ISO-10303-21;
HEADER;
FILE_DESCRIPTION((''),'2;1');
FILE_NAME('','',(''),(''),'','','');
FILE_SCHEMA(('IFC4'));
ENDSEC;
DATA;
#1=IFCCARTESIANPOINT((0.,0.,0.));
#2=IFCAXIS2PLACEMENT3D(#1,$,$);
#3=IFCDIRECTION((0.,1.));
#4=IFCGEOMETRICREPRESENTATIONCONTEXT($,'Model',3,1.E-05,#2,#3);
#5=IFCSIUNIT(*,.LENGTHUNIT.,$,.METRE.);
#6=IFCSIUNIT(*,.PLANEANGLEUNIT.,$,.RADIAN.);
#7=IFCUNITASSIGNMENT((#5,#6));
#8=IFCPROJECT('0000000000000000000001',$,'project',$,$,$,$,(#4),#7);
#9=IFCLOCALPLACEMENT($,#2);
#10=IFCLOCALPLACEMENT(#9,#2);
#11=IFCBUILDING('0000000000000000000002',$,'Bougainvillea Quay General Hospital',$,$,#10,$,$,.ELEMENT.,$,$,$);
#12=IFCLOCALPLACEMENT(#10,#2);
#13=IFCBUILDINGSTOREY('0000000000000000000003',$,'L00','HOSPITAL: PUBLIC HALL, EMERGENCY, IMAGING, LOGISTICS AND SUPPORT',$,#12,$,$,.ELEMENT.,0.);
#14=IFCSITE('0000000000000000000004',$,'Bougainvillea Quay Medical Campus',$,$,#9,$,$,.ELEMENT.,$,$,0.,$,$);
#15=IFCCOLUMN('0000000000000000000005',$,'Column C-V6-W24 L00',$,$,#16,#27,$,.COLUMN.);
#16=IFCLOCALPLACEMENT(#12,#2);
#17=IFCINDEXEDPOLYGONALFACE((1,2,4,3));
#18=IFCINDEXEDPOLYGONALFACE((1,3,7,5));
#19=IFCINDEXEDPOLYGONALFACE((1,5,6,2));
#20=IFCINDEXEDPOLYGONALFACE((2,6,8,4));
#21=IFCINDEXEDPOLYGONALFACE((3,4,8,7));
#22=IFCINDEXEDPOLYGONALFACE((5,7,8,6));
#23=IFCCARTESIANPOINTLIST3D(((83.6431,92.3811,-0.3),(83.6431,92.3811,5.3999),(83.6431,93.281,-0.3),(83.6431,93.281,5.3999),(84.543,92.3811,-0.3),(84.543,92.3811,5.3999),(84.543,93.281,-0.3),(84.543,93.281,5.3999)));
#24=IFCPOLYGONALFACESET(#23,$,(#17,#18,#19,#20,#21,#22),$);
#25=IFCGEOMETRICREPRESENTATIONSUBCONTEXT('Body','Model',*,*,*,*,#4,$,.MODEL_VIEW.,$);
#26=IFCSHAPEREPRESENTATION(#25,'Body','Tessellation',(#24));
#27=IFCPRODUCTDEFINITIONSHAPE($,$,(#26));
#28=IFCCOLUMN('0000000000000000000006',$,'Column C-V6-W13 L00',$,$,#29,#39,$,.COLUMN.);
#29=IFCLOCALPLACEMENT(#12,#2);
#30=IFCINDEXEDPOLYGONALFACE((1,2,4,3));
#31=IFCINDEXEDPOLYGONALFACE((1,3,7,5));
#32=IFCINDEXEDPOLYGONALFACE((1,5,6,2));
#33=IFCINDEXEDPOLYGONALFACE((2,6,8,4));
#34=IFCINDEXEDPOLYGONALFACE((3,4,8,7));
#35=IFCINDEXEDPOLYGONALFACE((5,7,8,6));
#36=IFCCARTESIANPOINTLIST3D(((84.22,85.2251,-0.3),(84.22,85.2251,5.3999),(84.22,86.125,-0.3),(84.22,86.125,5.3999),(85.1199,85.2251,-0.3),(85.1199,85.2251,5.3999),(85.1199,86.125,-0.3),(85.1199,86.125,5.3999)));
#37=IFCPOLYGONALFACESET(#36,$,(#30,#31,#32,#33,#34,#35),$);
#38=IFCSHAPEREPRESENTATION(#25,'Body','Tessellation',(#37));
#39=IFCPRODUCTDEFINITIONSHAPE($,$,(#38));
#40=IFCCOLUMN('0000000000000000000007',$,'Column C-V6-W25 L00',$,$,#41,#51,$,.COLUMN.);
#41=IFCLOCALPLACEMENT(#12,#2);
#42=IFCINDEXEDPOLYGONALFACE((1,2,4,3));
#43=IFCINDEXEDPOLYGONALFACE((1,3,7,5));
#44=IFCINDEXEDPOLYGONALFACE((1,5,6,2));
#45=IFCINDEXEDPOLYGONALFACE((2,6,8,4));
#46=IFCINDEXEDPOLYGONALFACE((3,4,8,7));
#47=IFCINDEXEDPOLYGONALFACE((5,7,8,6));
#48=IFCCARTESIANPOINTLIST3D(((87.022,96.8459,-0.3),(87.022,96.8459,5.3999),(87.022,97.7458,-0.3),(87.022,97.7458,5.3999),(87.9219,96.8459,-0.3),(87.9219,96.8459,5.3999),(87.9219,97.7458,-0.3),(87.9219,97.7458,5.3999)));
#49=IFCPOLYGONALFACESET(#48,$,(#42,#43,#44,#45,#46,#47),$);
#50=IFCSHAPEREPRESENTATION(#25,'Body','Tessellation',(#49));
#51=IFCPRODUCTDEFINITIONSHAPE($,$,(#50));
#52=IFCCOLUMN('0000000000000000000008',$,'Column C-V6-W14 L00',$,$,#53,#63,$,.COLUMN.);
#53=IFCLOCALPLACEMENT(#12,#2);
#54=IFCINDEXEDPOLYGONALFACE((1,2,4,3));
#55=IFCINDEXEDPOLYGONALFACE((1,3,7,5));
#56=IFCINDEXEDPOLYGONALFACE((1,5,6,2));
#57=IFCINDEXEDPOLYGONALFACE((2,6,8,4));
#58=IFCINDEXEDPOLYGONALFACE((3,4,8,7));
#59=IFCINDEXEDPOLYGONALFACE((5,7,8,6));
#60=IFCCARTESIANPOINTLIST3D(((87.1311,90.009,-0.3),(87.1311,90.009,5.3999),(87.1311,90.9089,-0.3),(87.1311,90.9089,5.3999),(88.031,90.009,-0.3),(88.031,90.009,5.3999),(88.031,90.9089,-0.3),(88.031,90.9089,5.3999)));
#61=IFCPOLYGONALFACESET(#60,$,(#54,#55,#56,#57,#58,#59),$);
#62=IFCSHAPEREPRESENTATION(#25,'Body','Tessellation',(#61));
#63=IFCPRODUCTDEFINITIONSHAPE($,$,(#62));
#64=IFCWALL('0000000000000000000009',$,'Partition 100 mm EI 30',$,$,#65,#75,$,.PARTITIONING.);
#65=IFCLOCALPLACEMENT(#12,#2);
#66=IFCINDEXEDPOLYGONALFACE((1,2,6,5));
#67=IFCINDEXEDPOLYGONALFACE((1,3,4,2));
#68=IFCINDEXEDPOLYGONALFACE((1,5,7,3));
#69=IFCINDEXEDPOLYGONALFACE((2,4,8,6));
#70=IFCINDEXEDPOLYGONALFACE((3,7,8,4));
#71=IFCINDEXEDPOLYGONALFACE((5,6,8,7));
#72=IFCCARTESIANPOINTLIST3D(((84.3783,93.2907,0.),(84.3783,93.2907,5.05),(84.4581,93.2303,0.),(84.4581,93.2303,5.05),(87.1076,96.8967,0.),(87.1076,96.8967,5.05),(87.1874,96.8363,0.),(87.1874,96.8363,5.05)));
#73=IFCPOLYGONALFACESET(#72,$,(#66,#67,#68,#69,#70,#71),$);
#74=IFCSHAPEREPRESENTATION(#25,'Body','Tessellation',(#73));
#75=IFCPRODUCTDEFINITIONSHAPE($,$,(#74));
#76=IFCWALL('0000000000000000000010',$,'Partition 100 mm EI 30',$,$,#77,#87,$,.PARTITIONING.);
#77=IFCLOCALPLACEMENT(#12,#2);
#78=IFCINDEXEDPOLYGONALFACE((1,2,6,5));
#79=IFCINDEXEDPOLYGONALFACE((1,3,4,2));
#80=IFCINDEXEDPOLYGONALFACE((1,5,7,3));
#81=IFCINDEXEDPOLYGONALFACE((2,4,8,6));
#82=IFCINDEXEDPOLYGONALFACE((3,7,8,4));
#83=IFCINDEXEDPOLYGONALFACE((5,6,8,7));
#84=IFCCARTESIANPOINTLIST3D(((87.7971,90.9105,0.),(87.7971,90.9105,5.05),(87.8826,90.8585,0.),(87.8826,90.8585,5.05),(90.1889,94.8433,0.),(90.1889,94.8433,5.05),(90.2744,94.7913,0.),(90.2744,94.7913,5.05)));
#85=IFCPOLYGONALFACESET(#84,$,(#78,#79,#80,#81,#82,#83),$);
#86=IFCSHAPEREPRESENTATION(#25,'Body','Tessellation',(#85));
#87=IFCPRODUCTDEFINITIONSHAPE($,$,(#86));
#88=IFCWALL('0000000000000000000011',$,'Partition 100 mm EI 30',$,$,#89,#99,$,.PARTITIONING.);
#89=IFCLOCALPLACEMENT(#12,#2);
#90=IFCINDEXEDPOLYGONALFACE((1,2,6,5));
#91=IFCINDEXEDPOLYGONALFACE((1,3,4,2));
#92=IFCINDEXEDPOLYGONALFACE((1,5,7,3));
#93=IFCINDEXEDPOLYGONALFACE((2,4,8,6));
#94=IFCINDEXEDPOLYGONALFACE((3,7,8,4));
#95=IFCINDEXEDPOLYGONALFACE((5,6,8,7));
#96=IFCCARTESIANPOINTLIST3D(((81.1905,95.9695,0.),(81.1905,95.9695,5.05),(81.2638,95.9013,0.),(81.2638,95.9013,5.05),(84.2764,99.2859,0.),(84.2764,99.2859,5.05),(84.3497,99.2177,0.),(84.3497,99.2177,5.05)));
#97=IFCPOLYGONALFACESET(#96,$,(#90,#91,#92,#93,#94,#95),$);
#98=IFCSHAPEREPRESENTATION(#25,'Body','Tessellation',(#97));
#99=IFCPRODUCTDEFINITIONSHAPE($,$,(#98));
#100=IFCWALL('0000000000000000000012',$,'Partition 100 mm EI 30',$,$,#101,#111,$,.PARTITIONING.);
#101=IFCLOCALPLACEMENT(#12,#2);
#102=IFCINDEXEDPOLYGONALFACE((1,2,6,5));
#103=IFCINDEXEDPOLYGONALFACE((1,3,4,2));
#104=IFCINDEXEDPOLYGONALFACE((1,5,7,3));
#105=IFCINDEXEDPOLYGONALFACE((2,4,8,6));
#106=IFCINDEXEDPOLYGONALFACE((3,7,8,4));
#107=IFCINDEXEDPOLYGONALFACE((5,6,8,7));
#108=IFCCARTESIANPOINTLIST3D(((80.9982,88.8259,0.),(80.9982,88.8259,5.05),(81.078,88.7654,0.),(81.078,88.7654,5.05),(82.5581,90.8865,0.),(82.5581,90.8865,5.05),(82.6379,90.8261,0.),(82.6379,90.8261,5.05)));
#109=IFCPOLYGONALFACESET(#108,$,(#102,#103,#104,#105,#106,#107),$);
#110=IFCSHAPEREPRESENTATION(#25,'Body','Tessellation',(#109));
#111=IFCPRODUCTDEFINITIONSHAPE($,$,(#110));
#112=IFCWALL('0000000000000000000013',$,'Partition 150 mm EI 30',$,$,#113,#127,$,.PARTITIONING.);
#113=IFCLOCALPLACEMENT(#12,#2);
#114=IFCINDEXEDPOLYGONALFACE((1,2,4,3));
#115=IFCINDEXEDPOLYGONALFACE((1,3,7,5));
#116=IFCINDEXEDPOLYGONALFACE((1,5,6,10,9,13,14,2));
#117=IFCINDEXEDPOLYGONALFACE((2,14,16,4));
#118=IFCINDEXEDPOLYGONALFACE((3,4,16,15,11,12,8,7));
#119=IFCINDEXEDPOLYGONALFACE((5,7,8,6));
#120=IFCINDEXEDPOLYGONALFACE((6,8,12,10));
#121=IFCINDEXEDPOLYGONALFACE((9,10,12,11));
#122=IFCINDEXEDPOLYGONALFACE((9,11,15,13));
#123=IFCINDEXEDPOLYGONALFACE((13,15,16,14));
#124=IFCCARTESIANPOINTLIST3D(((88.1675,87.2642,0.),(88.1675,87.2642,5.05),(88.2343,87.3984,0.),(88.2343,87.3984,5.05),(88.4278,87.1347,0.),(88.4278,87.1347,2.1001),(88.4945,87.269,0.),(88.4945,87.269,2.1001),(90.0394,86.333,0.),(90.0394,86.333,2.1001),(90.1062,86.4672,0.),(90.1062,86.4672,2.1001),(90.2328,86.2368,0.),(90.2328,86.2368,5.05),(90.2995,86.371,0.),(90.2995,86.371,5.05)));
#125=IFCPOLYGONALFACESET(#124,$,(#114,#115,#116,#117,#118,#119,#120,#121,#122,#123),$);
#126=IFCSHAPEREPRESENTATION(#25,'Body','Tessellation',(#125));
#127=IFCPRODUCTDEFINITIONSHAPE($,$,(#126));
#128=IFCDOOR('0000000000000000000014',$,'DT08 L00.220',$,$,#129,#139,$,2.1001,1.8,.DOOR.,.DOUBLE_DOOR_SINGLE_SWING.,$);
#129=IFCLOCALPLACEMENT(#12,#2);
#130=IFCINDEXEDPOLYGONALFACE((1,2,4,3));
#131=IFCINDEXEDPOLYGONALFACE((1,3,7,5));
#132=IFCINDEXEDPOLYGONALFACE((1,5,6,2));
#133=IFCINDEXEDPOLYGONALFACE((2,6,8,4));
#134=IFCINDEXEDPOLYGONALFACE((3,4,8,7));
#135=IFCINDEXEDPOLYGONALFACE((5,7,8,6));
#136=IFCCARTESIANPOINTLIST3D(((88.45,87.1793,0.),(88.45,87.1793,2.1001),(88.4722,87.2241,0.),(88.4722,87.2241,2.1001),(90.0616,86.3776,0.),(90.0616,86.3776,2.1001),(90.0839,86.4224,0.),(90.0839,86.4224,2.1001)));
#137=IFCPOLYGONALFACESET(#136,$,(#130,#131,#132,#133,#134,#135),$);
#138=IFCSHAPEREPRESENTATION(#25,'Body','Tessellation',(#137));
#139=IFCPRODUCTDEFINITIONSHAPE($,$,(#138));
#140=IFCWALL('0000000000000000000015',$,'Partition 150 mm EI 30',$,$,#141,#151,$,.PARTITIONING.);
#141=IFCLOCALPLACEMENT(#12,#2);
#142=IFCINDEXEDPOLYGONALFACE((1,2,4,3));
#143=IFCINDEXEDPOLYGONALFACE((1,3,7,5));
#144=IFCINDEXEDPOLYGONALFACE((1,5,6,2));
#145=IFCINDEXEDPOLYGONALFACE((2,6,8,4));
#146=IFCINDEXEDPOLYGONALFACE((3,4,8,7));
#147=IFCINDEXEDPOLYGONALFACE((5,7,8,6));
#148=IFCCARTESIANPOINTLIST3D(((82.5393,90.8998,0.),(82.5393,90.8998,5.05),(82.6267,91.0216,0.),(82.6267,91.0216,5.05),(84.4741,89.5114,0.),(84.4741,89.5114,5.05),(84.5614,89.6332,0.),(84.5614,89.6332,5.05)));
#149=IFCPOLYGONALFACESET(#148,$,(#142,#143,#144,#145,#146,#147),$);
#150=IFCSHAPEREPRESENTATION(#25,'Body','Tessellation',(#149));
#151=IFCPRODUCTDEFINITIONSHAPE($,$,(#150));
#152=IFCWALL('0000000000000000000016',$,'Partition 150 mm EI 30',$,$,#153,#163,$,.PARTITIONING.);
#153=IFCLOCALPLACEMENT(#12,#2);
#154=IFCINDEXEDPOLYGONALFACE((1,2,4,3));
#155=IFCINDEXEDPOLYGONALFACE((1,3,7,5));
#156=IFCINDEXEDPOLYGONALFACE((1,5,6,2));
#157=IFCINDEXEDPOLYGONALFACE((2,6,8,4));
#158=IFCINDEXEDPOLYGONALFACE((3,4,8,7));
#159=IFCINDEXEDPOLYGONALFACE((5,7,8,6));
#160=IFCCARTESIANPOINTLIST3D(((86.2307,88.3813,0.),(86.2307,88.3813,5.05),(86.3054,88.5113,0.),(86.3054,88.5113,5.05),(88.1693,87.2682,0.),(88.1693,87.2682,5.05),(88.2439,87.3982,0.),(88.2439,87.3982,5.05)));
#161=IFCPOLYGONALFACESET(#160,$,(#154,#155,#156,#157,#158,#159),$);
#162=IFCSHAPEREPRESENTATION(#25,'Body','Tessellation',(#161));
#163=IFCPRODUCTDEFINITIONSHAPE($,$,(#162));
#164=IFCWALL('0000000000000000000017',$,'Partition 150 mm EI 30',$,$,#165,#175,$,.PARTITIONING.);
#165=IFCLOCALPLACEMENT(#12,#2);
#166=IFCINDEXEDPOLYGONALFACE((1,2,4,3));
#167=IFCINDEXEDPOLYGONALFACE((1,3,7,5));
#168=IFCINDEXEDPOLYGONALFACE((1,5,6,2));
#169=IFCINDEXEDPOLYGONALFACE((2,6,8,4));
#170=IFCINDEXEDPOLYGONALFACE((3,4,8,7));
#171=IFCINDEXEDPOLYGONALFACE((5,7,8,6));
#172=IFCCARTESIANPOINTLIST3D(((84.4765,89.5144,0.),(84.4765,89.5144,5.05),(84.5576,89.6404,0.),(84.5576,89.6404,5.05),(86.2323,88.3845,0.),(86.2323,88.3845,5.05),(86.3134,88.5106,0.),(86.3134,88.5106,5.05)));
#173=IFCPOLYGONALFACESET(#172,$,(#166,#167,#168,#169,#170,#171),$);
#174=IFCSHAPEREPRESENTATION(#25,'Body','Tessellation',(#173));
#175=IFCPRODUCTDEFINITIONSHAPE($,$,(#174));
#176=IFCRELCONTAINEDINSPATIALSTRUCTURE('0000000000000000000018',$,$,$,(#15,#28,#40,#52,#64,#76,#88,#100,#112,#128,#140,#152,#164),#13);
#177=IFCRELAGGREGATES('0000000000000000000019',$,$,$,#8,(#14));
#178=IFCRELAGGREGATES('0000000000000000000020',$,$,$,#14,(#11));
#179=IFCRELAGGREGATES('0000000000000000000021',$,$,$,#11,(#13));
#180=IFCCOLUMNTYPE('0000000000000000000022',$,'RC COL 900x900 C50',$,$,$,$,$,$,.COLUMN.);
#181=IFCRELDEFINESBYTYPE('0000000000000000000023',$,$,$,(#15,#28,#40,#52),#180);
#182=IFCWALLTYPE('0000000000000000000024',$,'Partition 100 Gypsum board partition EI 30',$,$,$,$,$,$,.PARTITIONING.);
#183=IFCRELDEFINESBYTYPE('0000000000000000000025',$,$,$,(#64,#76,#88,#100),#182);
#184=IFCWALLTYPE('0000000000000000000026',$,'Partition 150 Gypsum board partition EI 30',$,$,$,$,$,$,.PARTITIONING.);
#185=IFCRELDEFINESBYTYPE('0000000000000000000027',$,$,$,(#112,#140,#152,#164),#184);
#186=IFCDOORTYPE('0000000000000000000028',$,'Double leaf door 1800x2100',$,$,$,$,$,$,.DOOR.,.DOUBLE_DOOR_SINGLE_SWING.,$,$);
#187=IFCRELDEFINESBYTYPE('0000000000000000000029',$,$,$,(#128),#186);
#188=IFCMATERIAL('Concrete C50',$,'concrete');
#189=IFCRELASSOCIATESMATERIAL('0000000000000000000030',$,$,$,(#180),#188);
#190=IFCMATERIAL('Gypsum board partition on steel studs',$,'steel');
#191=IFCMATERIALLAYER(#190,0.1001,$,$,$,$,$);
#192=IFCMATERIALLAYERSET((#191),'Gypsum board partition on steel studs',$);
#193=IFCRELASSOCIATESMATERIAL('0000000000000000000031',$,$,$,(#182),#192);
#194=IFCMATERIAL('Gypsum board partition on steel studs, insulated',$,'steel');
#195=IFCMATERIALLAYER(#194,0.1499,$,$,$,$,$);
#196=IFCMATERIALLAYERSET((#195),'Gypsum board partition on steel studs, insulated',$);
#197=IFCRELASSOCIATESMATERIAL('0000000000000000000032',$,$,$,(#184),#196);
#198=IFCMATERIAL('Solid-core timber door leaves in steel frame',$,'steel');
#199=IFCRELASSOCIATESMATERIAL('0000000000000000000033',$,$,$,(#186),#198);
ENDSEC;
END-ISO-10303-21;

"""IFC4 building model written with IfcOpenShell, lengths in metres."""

from ifc_helpers import new_model, si_unit, direction, frame, frame_2d, origin, origin_2d, place, context, subcontext, project, spatial, rectangle, extrude, material, layer, layer_set, material_profile, profile_set, type_object, element, fill, save


model = new_model("IFC4")

# Units and contexts
model_context = context("Model", 3, precision=1e-05, world=origin(), true_north=direction((0.0, 1.0)))
body_context = subcontext(model_context, "Body", "Model", "MODEL_VIEW")
ifc_project = project(units=[si_unit("LENGTHUNIT", "METRE"), si_unit("PLANEANGLEUNIT", "RADIAN")], contexts=[model_context])

# Site, building, storey
site_placement = place(None, origin())
site = spatial("IfcSite", under=ifc_project, at=site_placement, Name="Bougainvillea Quay Medical Campus", CompositionType="ELEMENT", RefElevation=0.0)
building_placement = place(site_placement, origin())
building = spatial("IfcBuilding", under=site, at=building_placement, Name="Bougainvillea Quay General Hospital", CompositionType="ELEMENT")
storey_placement = place(building_placement, origin())
storey = spatial("IfcBuildingStorey", under=building, at=storey_placement, Name="L00", Description="HOSPITAL: PUBLIC HALL, EMERGENCY, IMAGING, LOGISTICS AND SUPPORT", CompositionType="ELEMENT", Elevation=0.0)

# Columns
ifc_material_1 = material(Name="Concrete C50", Category="concrete")
ifc_material_profile_1 = material_profile(ifc_material_1, rectangle(XDim=0.8999, YDim=0.8999, at=origin_2d()))
ifc_profile_set_1 = profile_set([ifc_material_profile_1], Name="Concrete C50")
column_type = type_object("IfcColumnType", Name="RC COL 900x900 C50", PredefinedType="COLUMN", material=ifc_profile_set_1)
for number, where, z_axis, x_axis, name in (
    (1, (84.093, 92.8311, -0.3), (0.0, 0.0, 1.0), (1.0, 0.0, 0.0), "Column C-V6-W24 L00"),
    (2, (84.6699, 85.675, -0.3), (0.0, 0.0, 1.0), (1.0, 0.0, 0.0), "Column C-V6-W13 L00"),
    (3, (87.4719, 97.2959, -0.3), (0.0, 0.0, 1.0), (1.0, 0.0, 0.0), "Column C-V6-W25 L00"),
    (4, (87.5811, 90.459, -0.3), (0.0, 0.0, 1.0), (1.0, 0.0, 0.0), "Column C-V6-W14 L00"),
):
    element("IfcColumn", number, at=place(storey_placement, frame(where, z_axis=z_axis, x_axis=x_axis)), inside=storey, type_object=column_type, Name=name, PredefinedType="COLUMN", context=body_context, shape_type="SweptSolid", body=[
        extrude(rectangle(XDim=0.8999, YDim=0.8999, at=origin_2d()), origin(), (0.0, 0.0, 1.0), 5.7),
    ])

# Walls
ifc_material_2 = material(Name="Gypsum board partition on steel studs", Category="steel")
ifc_layer_1 = layer(ifc_material_2, 0.1001)
ifc_layer_set_1 = layer_set([ifc_layer_1], Name="Gypsum board partition on steel studs")
wall_type_1 = type_object("IfcWallType", Name="Partition 100 Gypsum board partition EI 30", PredefinedType="PARTITIONING", material=ifc_layer_set_1)
wall_1_placement = place(storey_placement, frame((84.4182, 93.2605, 0.0), z_axis=(0.0, 0.0, 1.0), x_axis=(0.603501, 0.797362, 0.0)))
element("IfcWall", 5, at=wall_1_placement, inside=storey, type_object=wall_type_1, Name="Partition 100 mm EI 30", PredefinedType="PARTITIONING", context=body_context, shape_type="SweptSolid", body=[
    extrude(rectangle(XDim=4.5225, YDim=0.1001, at=frame_2d((2.2612, 0.0))), origin(), (0.0, 0.0, 1.0), 5.05),
])
wall_2_placement = place(storey_placement, frame((87.8398, 90.8845, 0.0), z_axis=(0.0, 0.0, 1.0), x_axis=(0.519619, 0.854398, 0.0)))
element("IfcWall", 6, at=wall_2_placement, inside=storey, type_object=wall_type_1, Name="Partition 100 mm EI 30", PredefinedType="PARTITIONING", context=body_context, shape_type="SweptSolid", body=[
    extrude(rectangle(XDim=4.603, YDim=0.1001, at=frame_2d((2.3015, 0.0))), origin(), (0.0, 0.0, 1.0), 5.05),
])
wall_3_placement = place(storey_placement, frame((81.2271, 95.9353, 0.0), z_axis=(0.0, 0.0, 1.0), x_axis=(0.681211, 0.732087, 0.0)))
element("IfcWall", 7, at=wall_3_placement, inside=storey, type_object=wall_type_1, Name="Partition 100 mm EI 30", PredefinedType="PARTITIONING", context=body_context, shape_type="SweptSolid", body=[
    extrude(rectangle(XDim=4.53, YDim=0.1001, at=frame_2d((2.2651, 0.0))), origin(), (0.0, 0.0, 1.0), 5.05),
])
wall_4_placement = place(storey_placement, frame((81.0381, 88.7957, 0.0), z_axis=(0.0, 0.0, 1.0), x_axis=(0.603561, 0.797317, 0.0)))
element("IfcWall", 8, at=wall_4_placement, inside=storey, type_object=wall_type_1, Name="Partition 100 mm EI 30", PredefinedType="PARTITIONING", context=body_context, shape_type="SweptSolid", body=[
    extrude(rectangle(XDim=2.5845, YDim=0.1001, at=frame_2d((1.2922, 0.0))), origin(), (0.0, 0.0, 1.0), 5.05),
])

# Wall, opening, door
ifc_material_3 = material(Name="Gypsum board partition on steel studs, insulated", Category="steel")
ifc_layer_2 = layer(ifc_material_3, 0.1499)
ifc_layer_set_2 = layer_set([ifc_layer_2], Name="Gypsum board partition on steel studs, insulated")
wall_type_2 = type_object("IfcWallType", Name="Partition 150 Gypsum board partition EI 30", PredefinedType="PARTITIONING", material=ifc_layer_set_2)
wall_5_placement = place(storey_placement, frame((88.2009, 87.3313, 0.0), z_axis=(0.0, 0.0, 1.0), x_axis=(0.895336, -0.445392, 0.0)))
wall_5 = element("IfcWall", 9, at=wall_5_placement, inside=storey, type_object=wall_type_2, Name="Partition 150 mm EI 30", PredefinedType="PARTITIONING", context=body_context, shape_type="SweptSolid", body=[
    extrude(rectangle(XDim=2.3066, YDim=0.1499, at=frame_2d((1.1533, 0.0))), origin(), (0.0, 0.0, 1.0), 5.05),
])
opening_1_placement = place(wall_5_placement, frame((0.2908, 0.0, 0.0)))
opening_1 = element("IfcOpeningElement", 10, at=opening_1_placement, cuts=wall_5, PredefinedType="OPENING", context=body_context, shape_type="SweptSolid", body=[
    extrude(rectangle(XDim=1.8, YDim=2.1001, at=frame_2d((0.8999, 1.05))), frame((0.0, 0.085, 0.0), z_axis=(0.0, -1.0, 0.0), x_axis=(1.0, 0.0, 0.0)), (0.0, 0.0, 1.0), 0.1699),
])
ifc_material_4 = material(Name="Solid-core timber door leaves in steel frame", Category="steel")
door_type_1 = type_object("IfcDoorType", Name="Double leaf door 1800x2100", OperationType="DOUBLE_DOOR_SINGLE_SWING", PredefinedType="DOOR", material=ifc_material_4)
door_1_placement = place(opening_1_placement, origin())
door_1 = element("IfcDoor", 11, at=door_1_placement, inside=storey, type_object=door_type_1, Name="DT08 L00.220", OperationType="DOUBLE_DOOR_SINGLE_SWING", OverallHeight=2.1001, OverallWidth=1.8, PredefinedType="DOOR", context=body_context, shape_type="SweptSolid", body=[
    extrude(rectangle(XDim=1.8, YDim=2.1001, at=frame_2d((0.8999, 1.05))), frame((0.0, 0.0249, 0.0), z_axis=(0.0, -1.0, 0.0), x_axis=(1.0, 0.0, 0.0)), (0.0, 0.0, 1.0), 0.05),
])
fill(opening_1, door_1)

# Walls
wall_6_placement = place(storey_placement, frame((82.583, 90.9607, 0.0), z_axis=(0.0, 0.0, 1.0), x_axis=(0.812457, -0.583021, 0.0)))
element("IfcWall", 12, at=wall_6_placement, inside=storey, type_object=wall_type_2, Name="Partition 150 mm EI 30", PredefinedType="PARTITIONING", context=body_context, shape_type="SweptSolid", body=[
    extrude(rectangle(XDim=2.3813, YDim=0.1499, at=frame_2d((1.1907, 0.0))), origin(), (0.0, 0.0, 1.0), 5.05),
])
wall_7_placement = place(storey_placement, frame((86.2681, 88.4463, 0.0), z_axis=(0.0, 0.0, 1.0), x_axis=(0.867213, -0.497937, 0.0)))
element("IfcWall", 13, at=wall_7_placement, inside=storey, type_object=wall_type_2, Name="Partition 150 mm EI 30", PredefinedType="PARTITIONING", context=body_context, shape_type="SweptSolid", body=[
    extrude(rectangle(XDim=2.2354, YDim=0.1499, at=frame_2d((1.1177, 0.0))), origin(), (0.0, 0.0, 1.0), 5.05),
])
wall_8_placement = place(storey_placement, frame((84.5171, 89.5774, 0.0), z_axis=(0.0, 0.0, 1.0), x_axis=(0.840935, -0.541136, 0.0)))
element("IfcWall", 14, at=wall_8_placement, inside=storey, type_object=wall_type_2, Name="Partition 150 mm EI 30", PredefinedType="PARTITIONING", context=body_context, shape_type="SweptSolid", body=[
    extrude(rectangle(XDim=2.0879, YDim=0.1499, at=frame_2d((1.0439, 0.0))), origin(), (0.0, 0.0, 1.0), 5.05),
])

save(model, "model.ifc")
